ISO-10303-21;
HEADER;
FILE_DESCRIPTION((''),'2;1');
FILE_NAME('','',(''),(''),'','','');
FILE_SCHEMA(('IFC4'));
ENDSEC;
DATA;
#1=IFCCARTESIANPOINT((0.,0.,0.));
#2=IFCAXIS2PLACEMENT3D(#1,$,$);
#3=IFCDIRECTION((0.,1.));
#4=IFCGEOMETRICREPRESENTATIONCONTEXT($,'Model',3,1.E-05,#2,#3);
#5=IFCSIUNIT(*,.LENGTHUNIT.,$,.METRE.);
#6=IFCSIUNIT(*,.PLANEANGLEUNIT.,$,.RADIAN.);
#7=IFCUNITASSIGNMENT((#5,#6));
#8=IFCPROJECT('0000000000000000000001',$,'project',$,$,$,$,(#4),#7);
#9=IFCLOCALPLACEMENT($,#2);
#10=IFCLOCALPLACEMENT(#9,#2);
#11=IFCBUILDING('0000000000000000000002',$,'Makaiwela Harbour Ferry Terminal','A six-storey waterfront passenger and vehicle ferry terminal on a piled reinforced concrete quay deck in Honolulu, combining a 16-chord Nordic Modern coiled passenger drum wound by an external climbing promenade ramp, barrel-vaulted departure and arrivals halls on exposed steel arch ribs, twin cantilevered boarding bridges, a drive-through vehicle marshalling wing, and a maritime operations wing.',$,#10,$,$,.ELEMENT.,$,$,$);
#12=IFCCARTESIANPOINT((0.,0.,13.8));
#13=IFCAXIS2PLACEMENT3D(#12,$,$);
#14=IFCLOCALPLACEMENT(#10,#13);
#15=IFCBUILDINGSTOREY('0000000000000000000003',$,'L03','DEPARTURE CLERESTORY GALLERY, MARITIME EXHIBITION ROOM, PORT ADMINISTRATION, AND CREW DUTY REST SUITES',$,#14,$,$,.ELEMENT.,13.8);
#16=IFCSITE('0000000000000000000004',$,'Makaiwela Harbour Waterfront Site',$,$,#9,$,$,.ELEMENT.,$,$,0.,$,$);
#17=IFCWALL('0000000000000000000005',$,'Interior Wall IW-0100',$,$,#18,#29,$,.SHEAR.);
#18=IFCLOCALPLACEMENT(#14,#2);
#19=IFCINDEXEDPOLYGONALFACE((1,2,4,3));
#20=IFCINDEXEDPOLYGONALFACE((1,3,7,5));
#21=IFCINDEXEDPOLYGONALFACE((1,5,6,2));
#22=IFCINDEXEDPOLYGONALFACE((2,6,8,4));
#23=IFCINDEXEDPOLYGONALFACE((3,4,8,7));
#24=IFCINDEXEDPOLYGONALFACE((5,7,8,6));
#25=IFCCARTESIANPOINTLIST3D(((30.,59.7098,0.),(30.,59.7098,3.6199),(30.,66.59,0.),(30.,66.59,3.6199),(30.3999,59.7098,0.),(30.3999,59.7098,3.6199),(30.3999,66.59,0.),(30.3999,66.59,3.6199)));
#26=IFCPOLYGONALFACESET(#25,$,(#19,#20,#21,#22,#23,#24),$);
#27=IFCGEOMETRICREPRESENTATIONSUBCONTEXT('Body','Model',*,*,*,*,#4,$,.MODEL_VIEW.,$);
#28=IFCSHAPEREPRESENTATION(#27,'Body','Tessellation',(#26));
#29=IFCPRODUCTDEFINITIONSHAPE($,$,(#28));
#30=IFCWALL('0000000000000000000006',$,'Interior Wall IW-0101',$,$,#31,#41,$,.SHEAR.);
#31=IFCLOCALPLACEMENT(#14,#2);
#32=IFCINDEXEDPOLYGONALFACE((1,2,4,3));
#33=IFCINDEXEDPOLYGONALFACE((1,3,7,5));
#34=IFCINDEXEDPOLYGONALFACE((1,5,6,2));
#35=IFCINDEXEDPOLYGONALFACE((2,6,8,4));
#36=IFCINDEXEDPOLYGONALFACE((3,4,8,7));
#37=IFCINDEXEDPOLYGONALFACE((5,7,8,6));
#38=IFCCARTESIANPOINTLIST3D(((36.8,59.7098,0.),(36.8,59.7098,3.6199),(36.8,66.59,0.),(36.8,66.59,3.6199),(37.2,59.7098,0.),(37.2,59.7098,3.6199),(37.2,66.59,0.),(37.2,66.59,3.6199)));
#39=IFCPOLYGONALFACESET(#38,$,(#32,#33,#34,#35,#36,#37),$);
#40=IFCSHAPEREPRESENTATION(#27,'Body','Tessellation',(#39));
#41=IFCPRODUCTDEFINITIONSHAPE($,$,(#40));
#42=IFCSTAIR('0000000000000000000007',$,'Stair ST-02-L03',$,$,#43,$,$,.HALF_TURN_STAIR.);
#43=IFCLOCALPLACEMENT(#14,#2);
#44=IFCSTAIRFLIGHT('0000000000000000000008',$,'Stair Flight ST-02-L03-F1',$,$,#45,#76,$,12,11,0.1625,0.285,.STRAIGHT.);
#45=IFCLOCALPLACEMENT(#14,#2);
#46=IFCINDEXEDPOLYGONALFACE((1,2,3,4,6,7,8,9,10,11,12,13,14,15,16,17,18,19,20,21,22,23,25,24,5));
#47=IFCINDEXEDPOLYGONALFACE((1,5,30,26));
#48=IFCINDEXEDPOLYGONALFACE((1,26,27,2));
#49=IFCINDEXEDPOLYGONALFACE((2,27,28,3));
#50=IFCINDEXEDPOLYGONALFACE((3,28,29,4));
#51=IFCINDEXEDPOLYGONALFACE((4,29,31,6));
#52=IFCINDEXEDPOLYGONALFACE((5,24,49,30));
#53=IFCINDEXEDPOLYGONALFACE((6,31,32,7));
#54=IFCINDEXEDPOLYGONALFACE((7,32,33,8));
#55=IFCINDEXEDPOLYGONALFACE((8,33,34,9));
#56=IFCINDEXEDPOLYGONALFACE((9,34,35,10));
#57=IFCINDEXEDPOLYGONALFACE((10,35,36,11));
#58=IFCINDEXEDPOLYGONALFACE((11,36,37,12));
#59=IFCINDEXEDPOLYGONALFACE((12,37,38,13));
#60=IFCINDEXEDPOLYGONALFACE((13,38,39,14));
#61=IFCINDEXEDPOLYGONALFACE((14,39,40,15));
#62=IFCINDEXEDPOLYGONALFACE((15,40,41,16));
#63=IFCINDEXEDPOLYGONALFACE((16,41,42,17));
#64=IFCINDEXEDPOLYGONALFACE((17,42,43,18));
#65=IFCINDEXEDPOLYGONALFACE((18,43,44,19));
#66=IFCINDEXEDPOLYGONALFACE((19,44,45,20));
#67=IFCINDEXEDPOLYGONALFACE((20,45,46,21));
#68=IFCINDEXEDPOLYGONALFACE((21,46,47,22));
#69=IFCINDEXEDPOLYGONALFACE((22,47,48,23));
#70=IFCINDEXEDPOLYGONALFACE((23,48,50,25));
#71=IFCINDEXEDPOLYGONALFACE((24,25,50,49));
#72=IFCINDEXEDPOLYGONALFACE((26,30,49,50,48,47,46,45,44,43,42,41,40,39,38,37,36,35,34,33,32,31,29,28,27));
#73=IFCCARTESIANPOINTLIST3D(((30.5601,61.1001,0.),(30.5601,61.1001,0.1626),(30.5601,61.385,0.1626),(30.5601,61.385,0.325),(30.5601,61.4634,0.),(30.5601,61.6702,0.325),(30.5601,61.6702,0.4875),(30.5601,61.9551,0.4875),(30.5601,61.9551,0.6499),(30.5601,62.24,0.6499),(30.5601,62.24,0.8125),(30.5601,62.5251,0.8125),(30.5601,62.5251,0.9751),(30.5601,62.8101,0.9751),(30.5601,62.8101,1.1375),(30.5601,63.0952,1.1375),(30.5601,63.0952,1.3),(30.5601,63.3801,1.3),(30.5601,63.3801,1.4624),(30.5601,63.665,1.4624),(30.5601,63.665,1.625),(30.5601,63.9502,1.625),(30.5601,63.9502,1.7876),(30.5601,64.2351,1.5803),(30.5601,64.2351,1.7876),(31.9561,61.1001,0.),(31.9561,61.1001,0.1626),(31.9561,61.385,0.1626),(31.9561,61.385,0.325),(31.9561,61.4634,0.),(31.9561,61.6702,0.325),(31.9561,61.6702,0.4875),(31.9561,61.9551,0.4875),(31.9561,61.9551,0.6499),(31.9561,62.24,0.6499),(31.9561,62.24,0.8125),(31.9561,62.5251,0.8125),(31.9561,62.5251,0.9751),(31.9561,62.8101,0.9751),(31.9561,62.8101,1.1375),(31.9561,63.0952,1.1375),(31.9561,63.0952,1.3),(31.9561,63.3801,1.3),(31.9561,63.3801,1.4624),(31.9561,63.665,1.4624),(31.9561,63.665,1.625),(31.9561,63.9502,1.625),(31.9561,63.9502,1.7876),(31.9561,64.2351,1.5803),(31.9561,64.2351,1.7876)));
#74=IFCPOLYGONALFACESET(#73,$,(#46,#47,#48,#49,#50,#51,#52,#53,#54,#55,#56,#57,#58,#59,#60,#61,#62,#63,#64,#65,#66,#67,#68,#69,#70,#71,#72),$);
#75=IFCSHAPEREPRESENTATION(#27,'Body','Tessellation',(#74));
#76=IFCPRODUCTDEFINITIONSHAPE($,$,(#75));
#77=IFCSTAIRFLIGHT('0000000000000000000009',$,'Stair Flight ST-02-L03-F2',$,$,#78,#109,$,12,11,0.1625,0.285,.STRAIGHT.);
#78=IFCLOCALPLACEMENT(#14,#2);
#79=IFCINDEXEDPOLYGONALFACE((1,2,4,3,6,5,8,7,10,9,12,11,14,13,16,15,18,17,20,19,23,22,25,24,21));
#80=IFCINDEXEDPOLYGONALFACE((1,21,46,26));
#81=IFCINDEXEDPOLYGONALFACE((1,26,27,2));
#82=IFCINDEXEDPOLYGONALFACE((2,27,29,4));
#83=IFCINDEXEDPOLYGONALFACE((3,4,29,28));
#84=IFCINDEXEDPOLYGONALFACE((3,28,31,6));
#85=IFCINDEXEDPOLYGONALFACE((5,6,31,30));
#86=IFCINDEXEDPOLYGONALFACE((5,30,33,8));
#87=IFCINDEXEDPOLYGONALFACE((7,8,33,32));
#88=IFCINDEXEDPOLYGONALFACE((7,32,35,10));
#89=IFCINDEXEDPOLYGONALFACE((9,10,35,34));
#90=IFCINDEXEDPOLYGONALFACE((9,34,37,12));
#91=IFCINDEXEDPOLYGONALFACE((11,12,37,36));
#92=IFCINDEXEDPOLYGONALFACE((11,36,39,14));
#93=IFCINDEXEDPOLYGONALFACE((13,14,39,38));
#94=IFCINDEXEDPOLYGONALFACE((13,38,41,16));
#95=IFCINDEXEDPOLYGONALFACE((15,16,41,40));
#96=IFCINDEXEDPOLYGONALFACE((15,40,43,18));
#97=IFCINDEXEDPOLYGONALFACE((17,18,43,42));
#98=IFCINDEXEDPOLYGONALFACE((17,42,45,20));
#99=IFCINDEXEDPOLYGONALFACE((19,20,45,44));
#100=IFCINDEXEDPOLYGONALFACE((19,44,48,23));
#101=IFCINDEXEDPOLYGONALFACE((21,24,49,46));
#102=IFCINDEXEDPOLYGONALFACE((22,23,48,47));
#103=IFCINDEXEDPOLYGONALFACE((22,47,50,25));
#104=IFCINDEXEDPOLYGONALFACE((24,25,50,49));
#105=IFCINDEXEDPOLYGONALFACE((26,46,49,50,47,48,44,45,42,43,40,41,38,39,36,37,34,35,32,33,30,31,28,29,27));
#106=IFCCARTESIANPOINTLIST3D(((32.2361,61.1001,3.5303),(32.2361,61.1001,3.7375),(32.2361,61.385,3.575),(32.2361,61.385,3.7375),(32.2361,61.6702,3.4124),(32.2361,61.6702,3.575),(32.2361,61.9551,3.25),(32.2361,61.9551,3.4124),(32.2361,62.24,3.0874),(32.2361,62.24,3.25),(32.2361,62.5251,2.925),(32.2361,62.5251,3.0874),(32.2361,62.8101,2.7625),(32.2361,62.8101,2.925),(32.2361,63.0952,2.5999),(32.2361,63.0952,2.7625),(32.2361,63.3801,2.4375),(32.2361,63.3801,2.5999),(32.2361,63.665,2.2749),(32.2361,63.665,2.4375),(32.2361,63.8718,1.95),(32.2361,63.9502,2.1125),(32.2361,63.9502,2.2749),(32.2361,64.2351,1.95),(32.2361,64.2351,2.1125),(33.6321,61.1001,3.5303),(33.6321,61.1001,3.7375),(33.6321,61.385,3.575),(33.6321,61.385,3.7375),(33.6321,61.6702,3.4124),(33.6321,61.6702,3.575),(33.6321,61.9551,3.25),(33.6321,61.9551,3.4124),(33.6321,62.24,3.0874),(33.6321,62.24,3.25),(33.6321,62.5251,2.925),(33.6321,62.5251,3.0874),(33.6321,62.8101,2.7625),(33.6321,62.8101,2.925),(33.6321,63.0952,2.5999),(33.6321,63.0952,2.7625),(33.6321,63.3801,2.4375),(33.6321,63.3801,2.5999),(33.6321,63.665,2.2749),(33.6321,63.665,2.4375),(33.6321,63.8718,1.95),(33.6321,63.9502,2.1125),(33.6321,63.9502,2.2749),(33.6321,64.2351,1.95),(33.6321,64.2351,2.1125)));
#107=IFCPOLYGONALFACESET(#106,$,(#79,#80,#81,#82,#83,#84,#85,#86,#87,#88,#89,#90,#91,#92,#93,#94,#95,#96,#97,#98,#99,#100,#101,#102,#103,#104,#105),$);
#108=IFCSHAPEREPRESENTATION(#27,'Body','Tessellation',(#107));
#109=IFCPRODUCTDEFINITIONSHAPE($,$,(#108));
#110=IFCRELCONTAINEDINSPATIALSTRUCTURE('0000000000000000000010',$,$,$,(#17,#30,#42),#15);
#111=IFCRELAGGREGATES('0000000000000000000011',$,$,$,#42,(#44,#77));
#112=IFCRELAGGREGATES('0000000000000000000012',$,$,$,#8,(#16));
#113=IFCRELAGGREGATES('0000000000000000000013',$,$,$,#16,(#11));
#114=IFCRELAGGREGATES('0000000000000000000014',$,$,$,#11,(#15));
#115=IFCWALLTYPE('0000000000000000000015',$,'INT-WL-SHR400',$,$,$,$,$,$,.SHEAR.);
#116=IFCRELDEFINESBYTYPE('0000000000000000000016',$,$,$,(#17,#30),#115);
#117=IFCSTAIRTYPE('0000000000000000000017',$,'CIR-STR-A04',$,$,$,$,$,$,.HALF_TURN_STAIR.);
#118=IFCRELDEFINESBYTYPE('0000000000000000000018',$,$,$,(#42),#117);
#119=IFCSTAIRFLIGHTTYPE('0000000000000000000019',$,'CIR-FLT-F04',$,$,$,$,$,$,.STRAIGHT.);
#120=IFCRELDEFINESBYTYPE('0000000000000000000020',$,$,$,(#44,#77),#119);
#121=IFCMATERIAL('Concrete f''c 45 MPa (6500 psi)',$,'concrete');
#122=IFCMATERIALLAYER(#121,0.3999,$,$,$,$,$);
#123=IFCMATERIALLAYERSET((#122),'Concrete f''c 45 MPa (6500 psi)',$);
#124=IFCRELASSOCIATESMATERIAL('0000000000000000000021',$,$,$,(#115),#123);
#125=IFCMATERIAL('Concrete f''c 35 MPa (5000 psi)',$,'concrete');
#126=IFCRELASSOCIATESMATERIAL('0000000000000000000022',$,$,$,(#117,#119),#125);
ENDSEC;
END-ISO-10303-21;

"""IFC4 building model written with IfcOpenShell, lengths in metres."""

from ifc_helpers import new_model, si_unit, direction, frame, frame_2d, origin, place, context, subcontext, project, spatial, polyline, rectangle, outline, extrude, material, layer, layer_set, type_object, element, aggregate, save


model = new_model("IFC4")

# Units and contexts
model_context = context("Model", 3, precision=1e-05, world=origin(), true_north=direction((0.0, 1.0)))
body_context = subcontext(model_context, "Body", "Model", "MODEL_VIEW")
ifc_project = project(units=[si_unit("LENGTHUNIT", "METRE"), si_unit("PLANEANGLEUNIT", "RADIAN")], contexts=[model_context])

# Site, building, storey
site_placement = place(None, origin())
site = spatial("IfcSite", under=ifc_project, at=site_placement, Name="Makaiwela Harbour Waterfront Site", CompositionType="ELEMENT", RefElevation=0.0)
building_placement = place(site_placement, origin())
building = spatial("IfcBuilding", under=site, at=building_placement, Name="Makaiwela Harbour Ferry Terminal", Description="A six-storey waterfront passenger and vehicle ferry terminal on a piled reinforced concrete quay deck in Honolulu, combining a 16-chord Nordic Modern coiled passenger drum wound by an external climbing promenade ramp, barrel-vaulted departure and arrivals halls on exposed steel arch ribs, twin cantilevered boarding bridges, a drive-through vehicle marshalling wing, and a maritime operations wing.", CompositionType="ELEMENT")
storey_placement = place(building_placement, frame((0.0, 0.0, 13.8)))
storey = spatial("IfcBuildingStorey", under=building, at=storey_placement, Name="L03", Description="DEPARTURE CLERESTORY GALLERY, MARITIME EXHIBITION ROOM, PORT ADMINISTRATION, AND CREW DUTY REST SUITES", CompositionType="ELEMENT", Elevation=13.8)

# Walls
ifc_material_1 = material(Name="Concrete f'c 45 MPa (6500 psi)", Category="concrete")
ifc_layer_1 = layer(ifc_material_1, 0.3999)
ifc_layer_set_1 = layer_set([ifc_layer_1], Name="Concrete f'c 45 MPa (6500 psi)")
wall_type_1 = type_object("IfcWallType", Name="INT-WL-SHR400", PredefinedType="SHEAR", material=ifc_layer_set_1)
for number, where, z_axis, x_axis, name in (
    (1, (30.2, 59.71, 0.0), (0.0, 0.0, 1.0), (0.0, 1.0, 0.0), "Interior Wall IW-0100"),
    (2, (37.0, 59.71, 0.0), (0.0, 0.0, 1.0), (0.0, 1.0, 0.0), "Interior Wall IW-0101"),
):
    element("IfcWall", number, at=place(storey_placement, frame(where, z_axis=z_axis, x_axis=x_axis)), inside=storey, type_object=wall_type_1, Name=name, PredefinedType="SHEAR", context=body_context, shape_type="SweptSolid", body=[
        extrude(rectangle(XDim=6.8801, YDim=0.3999, at=frame_2d((3.4399, 0.0))), origin(), (0.0, 0.0, 1.0), 3.6199),
    ])

# Stair, stair flights
ifc_material_2 = material(Name="Concrete f'c 35 MPa (5000 psi)", Category="concrete")
stair_type = type_object("IfcStairType", Name="CIR-STR-A04", PredefinedType="HALF_TURN_STAIR", material=ifc_material_2)
stair_placement = place(storey_placement, origin())
stair = element("IfcStair", 3, at=stair_placement, inside=storey, type_object=stair_type, Name="Stair ST-02-L03", PredefinedType="HALF_TURN_STAIR")
stair_flight_type = type_object("IfcStairFlightType", Name="CIR-FLT-F04", PredefinedType="STRAIGHT", material=ifc_material_2)
stair_flight_1_placement = place(storey_placement, frame((31.2581, 61.1001, 0.0), z_axis=(0.0, 0.0, 1.0), x_axis=(0.0, 1.0, 0.0)))
stair_flight_1 = element("IfcStairFlight", 4, at=stair_flight_1_placement, type_object=stair_flight_type, Name="Stair Flight ST-02-L03-F1", NumberOfRisers=12, NumberOfTreads=11, PredefinedType="STRAIGHT", RiserHeight=0.1625, TreadLength=0.285, context=body_context, shape_type="SweptSolid", body=[
    extrude(outline(polyline([(0.0, 0.0), (0.0, 0.1626), (0.2849, 0.1626), (0.2849, 0.325), (0.5701, 0.325), (0.5701, 0.4875), (0.855, 0.4875), (0.855, 0.6499), (1.1399, 0.6499), (1.1399, 0.8125), (1.425, 0.8125), (1.425, 0.9751), (1.71, 0.9751), (1.71, 1.1375), (1.9951, 1.1375), (1.9951, 1.3), (2.28, 1.3), (2.28, 1.4624), (2.5649, 1.4624), (2.5649, 1.625), (2.8501, 1.625), (2.8501, 1.7876), (3.135, 1.7876), (3.135, 1.95), (3.135, 1.5803), (0.3633, 0.0), (0.0, 0.0)])), frame((0.0, 0.698, 0.0), z_axis=(0.0, -1.0, 0.0), x_axis=(1.0, 0.0, 0.0)), (0.0, 0.0, 1.0), 1.396),
])
stair_flight_2_placement = place(storey_placement, frame((32.9341, 64.2351, 1.95), z_axis=(0.0, 0.0, 1.0), x_axis=(0.0, -1.0, 0.0)))
stair_flight_2 = element("IfcStairFlight", 5, at=stair_flight_2_placement, type_object=stair_flight_type, Name="Stair Flight ST-02-L03-F2", NumberOfRisers=12, NumberOfTreads=11, PredefinedType="STRAIGHT", RiserHeight=0.1625, TreadLength=0.285, context=body_context, shape_type="SweptSolid", body=[
    extrude(outline(polyline([(0.0, 0.0), (0.0, 0.1626), (0.2849, 0.1626), (0.2849, 0.325), (0.5701, 0.325), (0.5701, 0.4875), (0.855, 0.4875), (0.855, 0.6499), (1.1399, 0.6499), (1.1399, 0.8125), (1.425, 0.8125), (1.425, 0.9751), (1.71, 0.9751), (1.71, 1.1375), (1.9951, 1.1375), (1.9951, 1.3), (2.28, 1.3), (2.28, 1.4624), (2.5649, 1.4624), (2.5649, 1.625), (2.8501, 1.625), (2.8501, 1.7876), (3.135, 1.7876), (3.135, 1.95), (3.135, 1.5803), (0.3633, 0.0), (0.0, 0.0)])), frame((0.0, 0.698, 0.0), z_axis=(0.0, -1.0, 0.0), x_axis=(1.0, 0.0, 0.0)), (0.0, 0.0, 1.0), 1.396),
])
aggregate(stair, [stair_flight_1, stair_flight_2])

save(model, "model.ifc")
